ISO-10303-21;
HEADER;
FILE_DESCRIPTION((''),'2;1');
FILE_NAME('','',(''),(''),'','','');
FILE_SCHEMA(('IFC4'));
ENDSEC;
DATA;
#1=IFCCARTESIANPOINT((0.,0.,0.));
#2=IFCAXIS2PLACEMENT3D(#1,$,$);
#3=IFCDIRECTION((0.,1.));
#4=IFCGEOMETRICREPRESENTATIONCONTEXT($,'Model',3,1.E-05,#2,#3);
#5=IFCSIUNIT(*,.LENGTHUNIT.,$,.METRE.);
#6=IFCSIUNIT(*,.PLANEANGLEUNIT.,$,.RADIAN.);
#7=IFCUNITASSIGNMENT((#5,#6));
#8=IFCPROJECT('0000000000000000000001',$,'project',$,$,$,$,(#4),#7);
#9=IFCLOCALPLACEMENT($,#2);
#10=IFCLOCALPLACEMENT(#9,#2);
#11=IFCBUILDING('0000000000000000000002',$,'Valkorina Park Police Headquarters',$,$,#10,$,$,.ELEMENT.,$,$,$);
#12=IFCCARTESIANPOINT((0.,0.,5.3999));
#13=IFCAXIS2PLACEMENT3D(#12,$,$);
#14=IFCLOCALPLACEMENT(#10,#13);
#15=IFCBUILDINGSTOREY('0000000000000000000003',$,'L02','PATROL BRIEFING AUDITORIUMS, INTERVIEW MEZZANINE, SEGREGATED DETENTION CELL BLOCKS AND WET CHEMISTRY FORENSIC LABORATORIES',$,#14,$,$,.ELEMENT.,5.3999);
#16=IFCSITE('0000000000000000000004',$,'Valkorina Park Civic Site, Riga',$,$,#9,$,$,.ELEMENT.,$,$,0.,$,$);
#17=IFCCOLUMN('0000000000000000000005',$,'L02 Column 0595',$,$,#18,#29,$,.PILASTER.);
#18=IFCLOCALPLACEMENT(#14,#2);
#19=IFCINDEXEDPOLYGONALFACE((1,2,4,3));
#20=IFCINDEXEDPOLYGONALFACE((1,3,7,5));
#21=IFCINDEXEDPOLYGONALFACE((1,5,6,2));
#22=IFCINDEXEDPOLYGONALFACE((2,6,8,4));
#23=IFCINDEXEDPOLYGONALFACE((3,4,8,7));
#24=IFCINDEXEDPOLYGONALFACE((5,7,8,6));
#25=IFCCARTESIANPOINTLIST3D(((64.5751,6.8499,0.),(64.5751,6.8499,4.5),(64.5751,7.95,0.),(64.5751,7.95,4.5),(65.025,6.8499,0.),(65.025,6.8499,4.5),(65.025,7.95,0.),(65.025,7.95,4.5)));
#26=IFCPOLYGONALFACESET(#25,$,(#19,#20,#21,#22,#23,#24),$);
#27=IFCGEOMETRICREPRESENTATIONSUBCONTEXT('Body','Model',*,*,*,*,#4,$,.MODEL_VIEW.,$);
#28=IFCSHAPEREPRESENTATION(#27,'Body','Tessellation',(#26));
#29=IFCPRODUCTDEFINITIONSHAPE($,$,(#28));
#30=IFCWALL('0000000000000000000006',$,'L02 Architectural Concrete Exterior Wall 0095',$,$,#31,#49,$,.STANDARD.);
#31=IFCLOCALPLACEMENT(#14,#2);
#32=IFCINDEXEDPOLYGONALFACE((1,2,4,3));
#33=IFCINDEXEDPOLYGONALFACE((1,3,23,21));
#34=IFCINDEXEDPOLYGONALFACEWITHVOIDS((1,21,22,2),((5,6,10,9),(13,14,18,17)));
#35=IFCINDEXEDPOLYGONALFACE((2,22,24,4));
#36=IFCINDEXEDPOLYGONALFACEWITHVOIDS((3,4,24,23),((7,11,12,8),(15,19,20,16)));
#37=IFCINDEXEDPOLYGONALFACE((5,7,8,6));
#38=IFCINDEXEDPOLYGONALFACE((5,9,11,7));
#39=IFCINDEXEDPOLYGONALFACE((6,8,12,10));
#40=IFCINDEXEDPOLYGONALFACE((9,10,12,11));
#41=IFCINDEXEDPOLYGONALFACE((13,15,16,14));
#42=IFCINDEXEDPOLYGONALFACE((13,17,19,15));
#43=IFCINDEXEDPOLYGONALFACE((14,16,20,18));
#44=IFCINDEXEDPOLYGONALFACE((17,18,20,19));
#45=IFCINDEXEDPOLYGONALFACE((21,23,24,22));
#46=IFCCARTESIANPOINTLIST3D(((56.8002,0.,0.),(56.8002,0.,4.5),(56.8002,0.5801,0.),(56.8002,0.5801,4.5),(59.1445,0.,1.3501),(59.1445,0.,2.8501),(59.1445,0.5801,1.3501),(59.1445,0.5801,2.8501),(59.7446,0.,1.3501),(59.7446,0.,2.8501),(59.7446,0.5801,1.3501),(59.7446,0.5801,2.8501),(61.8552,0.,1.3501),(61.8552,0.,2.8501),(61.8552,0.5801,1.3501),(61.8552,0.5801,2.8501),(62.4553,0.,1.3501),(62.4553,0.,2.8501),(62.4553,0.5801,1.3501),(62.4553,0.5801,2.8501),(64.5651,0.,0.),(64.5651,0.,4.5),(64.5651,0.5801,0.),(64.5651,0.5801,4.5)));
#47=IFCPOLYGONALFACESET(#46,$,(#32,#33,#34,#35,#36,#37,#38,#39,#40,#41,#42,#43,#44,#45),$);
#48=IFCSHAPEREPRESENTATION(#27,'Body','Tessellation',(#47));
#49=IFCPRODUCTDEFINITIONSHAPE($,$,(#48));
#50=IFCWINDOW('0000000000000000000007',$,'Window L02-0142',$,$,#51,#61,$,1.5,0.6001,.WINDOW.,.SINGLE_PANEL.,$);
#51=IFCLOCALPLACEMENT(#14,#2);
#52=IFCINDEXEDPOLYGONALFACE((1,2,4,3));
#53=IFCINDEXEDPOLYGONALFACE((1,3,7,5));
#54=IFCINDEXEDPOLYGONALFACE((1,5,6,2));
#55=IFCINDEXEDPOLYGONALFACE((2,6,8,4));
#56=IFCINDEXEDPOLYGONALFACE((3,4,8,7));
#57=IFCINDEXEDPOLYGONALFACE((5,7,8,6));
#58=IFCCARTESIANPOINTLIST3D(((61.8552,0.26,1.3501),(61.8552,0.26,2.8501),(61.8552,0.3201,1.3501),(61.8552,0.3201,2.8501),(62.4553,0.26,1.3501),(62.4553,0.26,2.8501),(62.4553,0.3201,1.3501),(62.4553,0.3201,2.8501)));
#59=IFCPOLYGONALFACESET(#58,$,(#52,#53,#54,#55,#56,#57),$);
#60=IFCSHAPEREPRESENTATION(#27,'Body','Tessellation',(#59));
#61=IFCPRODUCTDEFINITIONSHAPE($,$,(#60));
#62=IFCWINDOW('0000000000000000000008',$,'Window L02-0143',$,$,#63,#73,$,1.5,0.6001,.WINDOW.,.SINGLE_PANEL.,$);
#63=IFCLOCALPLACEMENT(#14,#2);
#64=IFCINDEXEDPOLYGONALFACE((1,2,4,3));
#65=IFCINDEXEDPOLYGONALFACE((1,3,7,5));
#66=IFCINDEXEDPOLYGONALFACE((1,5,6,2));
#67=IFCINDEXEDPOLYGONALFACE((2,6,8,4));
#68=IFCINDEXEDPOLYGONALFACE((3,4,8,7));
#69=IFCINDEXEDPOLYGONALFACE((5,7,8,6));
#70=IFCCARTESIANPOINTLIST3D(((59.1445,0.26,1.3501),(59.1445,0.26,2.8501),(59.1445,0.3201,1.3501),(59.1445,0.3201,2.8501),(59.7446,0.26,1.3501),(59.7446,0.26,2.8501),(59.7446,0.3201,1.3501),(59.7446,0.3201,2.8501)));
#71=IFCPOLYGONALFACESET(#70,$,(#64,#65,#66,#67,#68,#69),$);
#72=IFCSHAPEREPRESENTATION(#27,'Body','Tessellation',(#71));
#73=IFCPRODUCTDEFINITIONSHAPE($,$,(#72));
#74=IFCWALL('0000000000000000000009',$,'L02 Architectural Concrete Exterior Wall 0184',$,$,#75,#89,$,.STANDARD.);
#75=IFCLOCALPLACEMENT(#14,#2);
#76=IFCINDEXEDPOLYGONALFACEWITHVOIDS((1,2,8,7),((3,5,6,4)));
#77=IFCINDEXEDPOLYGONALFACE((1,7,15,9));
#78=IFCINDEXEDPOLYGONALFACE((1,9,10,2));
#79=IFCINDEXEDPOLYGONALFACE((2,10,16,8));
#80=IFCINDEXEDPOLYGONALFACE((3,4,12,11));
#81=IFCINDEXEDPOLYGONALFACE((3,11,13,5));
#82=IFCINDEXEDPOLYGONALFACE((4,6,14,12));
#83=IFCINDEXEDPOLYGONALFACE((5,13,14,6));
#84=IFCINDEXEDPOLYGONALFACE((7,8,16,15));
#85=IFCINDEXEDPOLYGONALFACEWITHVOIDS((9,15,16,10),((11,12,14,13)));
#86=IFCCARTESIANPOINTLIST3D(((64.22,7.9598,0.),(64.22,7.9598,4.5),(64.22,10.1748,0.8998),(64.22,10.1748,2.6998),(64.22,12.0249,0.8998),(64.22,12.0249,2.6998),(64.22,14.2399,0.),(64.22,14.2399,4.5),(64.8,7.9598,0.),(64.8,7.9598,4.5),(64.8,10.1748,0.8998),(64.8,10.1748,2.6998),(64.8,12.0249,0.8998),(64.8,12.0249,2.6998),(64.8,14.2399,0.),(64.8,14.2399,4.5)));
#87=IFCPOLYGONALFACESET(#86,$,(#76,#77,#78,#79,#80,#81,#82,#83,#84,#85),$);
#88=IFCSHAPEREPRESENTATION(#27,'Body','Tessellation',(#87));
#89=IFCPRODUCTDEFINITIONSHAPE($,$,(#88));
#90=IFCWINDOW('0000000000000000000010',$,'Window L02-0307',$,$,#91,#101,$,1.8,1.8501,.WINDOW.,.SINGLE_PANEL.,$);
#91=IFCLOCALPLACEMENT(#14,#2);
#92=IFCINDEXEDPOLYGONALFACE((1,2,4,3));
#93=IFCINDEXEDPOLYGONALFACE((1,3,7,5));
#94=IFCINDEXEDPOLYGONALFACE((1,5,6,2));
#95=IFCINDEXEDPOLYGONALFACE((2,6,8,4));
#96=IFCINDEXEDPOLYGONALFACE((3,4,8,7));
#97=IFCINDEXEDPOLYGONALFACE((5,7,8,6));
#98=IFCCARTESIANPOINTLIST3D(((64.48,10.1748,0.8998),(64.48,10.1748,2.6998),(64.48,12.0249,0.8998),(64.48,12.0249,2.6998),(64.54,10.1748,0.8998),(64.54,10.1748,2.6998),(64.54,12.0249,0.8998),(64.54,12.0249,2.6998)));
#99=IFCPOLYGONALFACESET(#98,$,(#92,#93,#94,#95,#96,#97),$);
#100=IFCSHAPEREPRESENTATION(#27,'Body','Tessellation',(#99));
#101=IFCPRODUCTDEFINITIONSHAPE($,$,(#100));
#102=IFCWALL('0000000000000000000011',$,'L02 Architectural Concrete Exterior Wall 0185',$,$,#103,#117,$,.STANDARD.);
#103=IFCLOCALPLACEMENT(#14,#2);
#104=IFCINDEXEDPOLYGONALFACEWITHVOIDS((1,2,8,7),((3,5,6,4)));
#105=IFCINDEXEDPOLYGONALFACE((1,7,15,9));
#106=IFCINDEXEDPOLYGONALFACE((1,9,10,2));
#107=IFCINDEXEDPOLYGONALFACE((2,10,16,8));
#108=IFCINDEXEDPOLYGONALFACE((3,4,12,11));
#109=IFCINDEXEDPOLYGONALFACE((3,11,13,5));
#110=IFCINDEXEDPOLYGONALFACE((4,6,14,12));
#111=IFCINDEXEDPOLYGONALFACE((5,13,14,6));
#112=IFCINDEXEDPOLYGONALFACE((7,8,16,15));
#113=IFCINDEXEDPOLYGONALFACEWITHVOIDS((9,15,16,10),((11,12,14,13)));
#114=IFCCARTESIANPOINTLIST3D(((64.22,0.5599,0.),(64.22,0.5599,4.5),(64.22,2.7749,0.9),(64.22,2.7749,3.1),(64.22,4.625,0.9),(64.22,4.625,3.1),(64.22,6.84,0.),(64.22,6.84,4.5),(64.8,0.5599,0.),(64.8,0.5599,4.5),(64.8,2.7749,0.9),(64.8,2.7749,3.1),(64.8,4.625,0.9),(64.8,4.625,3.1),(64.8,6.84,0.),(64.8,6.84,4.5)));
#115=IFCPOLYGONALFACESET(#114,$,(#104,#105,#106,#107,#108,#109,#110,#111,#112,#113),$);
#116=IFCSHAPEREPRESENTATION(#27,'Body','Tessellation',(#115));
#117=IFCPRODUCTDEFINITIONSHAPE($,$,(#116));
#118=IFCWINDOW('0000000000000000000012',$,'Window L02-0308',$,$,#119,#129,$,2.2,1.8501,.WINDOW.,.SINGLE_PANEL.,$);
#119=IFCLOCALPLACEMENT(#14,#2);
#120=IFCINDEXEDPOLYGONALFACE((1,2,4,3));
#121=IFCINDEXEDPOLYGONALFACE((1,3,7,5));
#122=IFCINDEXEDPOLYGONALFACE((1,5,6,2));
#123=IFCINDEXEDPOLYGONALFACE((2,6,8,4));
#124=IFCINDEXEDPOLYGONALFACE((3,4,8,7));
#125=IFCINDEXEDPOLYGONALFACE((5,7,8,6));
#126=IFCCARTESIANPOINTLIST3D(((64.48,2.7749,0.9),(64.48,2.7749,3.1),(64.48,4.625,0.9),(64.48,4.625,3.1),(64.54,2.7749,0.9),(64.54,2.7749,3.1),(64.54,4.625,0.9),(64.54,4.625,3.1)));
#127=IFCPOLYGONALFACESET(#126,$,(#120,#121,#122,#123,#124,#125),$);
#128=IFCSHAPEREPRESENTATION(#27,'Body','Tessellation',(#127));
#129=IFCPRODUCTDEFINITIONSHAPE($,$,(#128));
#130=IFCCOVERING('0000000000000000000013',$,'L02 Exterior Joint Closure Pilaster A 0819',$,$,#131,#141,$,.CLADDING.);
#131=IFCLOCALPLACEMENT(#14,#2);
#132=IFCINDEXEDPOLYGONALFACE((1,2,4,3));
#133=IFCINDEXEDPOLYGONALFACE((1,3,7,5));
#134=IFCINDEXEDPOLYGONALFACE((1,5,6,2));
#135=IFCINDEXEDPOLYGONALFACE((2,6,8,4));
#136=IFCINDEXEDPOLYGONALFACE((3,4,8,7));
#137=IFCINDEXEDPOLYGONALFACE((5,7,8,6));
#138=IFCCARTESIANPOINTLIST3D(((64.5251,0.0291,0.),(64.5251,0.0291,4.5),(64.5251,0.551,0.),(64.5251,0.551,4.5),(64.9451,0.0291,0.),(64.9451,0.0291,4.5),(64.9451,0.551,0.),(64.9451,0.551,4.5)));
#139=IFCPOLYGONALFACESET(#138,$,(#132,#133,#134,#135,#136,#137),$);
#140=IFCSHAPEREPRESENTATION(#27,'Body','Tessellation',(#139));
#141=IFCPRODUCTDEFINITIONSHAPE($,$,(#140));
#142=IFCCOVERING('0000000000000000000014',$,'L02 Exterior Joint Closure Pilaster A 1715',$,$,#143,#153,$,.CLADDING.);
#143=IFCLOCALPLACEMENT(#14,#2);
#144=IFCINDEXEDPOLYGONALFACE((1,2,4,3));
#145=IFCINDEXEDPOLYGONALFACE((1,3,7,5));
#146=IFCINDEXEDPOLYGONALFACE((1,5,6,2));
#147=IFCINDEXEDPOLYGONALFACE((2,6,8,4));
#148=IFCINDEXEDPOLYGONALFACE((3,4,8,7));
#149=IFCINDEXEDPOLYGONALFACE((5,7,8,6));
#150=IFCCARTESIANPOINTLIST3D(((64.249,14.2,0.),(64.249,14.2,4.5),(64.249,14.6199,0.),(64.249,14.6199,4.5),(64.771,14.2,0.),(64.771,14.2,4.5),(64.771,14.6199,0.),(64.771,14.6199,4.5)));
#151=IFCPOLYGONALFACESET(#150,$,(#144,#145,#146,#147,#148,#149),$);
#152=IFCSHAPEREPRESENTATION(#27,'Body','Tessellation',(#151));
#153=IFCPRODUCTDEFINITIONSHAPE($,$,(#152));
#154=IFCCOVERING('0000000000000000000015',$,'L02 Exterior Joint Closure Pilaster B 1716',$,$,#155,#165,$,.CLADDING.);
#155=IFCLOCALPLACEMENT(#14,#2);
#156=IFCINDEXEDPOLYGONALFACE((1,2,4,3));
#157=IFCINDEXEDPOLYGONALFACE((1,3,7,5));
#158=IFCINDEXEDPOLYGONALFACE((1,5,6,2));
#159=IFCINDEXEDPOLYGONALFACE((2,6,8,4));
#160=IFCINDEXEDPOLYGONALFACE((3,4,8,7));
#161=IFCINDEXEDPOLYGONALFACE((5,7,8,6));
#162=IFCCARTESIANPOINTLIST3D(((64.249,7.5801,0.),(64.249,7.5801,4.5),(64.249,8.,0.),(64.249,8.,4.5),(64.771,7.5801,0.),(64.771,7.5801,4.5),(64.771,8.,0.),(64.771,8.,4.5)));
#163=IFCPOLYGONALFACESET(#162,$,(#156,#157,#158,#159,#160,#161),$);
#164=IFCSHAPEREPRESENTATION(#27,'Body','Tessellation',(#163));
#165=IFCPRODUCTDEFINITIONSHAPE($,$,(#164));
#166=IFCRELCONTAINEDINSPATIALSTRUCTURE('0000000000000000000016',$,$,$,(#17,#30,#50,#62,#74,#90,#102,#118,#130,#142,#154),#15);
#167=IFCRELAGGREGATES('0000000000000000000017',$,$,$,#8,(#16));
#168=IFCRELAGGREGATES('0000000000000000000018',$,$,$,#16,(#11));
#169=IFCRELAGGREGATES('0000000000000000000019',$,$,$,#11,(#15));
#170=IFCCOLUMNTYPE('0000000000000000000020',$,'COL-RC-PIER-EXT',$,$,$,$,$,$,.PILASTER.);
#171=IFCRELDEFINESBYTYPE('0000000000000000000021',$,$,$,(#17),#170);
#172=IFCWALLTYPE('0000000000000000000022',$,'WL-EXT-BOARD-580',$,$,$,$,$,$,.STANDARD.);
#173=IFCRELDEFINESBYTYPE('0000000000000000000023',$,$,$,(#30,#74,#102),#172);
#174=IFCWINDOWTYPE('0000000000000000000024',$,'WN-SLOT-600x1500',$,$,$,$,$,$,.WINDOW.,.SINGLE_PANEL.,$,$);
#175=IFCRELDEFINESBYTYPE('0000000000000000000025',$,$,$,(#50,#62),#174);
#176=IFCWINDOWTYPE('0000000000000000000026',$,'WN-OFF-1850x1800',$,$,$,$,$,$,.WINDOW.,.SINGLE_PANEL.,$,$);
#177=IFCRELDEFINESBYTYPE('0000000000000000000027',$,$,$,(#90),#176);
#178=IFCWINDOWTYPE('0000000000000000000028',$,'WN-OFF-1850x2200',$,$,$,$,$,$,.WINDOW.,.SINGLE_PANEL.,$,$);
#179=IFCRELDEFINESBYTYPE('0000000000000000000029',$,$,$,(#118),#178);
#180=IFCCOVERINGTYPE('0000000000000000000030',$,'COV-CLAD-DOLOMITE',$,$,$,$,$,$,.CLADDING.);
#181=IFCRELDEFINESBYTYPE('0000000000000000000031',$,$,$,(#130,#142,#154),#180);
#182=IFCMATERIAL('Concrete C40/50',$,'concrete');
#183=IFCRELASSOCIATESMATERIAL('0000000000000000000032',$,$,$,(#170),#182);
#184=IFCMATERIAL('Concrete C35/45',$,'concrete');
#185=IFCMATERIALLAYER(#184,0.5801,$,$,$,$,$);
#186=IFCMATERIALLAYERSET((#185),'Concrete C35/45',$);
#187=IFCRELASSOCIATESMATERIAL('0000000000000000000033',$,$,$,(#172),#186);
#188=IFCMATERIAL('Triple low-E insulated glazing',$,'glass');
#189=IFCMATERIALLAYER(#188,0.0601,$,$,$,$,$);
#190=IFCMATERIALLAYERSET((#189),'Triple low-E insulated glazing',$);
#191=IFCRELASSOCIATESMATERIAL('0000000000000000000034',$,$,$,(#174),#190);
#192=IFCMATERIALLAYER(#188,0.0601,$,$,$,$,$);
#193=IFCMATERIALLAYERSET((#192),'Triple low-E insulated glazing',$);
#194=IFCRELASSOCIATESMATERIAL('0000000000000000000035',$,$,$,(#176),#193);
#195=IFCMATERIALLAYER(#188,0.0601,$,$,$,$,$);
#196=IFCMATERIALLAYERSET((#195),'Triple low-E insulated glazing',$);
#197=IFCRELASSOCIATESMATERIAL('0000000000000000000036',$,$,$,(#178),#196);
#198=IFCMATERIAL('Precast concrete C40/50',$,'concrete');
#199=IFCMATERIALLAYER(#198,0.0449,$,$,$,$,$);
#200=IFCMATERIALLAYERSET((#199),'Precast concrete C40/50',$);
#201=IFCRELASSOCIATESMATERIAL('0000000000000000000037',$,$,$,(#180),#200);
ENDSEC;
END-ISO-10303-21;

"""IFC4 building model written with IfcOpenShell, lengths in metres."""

from ifc_helpers import new_model, si_unit, direction, frame, frame_2d, origin, origin_2d, place, context, subcontext, project, spatial, rectangle, extrude, material, layer, layer_set, material_profile, profile_set, type_object, element, fill, save


model = new_model("IFC4")

# Units and contexts
model_context = context("Model", 3, precision=1e-05, world=origin(), true_north=direction((0.0, 1.0)))
body_context = subcontext(model_context, "Body", "Model", "MODEL_VIEW")
ifc_project = project(units=[si_unit("LENGTHUNIT", "METRE"), si_unit("PLANEANGLEUNIT", "RADIAN")], contexts=[model_context])

# Site, building, storey
site_placement = place(None, origin())
site = spatial("IfcSite", under=ifc_project, at=site_placement, Name="Valkorina Park Civic Site, Riga", CompositionType="ELEMENT", RefElevation=0.0)
building_placement = place(site_placement, origin())
building = spatial("IfcBuilding", under=site, at=building_placement, Name="Valkorina Park Police Headquarters", CompositionType="ELEMENT")
storey_placement = place(building_placement, frame((0.0, 0.0, 5.3999)))
storey = spatial("IfcBuildingStorey", under=building, at=storey_placement, Name="L02", Description="PATROL BRIEFING AUDITORIUMS, INTERVIEW MEZZANINE, SEGREGATED DETENTION CELL BLOCKS AND WET CHEMISTRY FORENSIC LABORATORIES", CompositionType="ELEMENT", Elevation=5.3999)

# Column
ifc_material_1 = material(Name="Concrete C40/50", Category="concrete")
ifc_material_profile = material_profile(ifc_material_1, rectangle(XDim=0.45, YDim=1.1001, at=origin_2d()), Name="RC PIER 450x1100")
ifc_profile_set = profile_set([ifc_material_profile], Name="Concrete C40/50")
column_type = type_object("IfcColumnType", Name="COL-RC-PIER-EXT", PredefinedType="PILASTER", material=ifc_profile_set)
column_placement = place(storey_placement, frame((64.8, 7.3999, 0.0), z_axis=(0.0, 0.0, 1.0), x_axis=(1.0, 0.0, 0.0)))
element("IfcColumn", 1, at=column_placement, inside=storey, type_object=column_type, Name="L02 Column 0595", PredefinedType="PILASTER", context=body_context, shape_type="SweptSolid", body=[
    extrude(rectangle(XDim=0.45, YDim=1.1001, at=origin_2d()), origin(), (0.0, 0.0, 1.0), 4.5),
])

# Wall, openings, windows
ifc_material_2 = material(Name="Concrete C35/45", Category="concrete")
ifc_layer_1 = layer(ifc_material_2, 0.5801)
ifc_layer_set_1 = layer_set([ifc_layer_1], Name="Concrete C35/45")
wall_type = type_object("IfcWallType", Name="WL-EXT-BOARD-580", PredefinedType="STANDARD", material=ifc_layer_set_1)
wall_1_placement = place(storey_placement, frame((64.5649, 0.29, 0.0), z_axis=(0.0, 0.0, 1.0), x_axis=(-1.0, 0.0, 0.0)))
wall_1 = element("IfcWall", 2, at=wall_1_placement, inside=storey, type_object=wall_type, Name="L02 Architectural Concrete Exterior Wall 0095", PredefinedType="STANDARD", context=body_context, shape_type="SweptSolid", body=[
    extrude(rectangle(XDim=7.7649, YDim=0.5801, at=frame_2d((3.8823, 0.0))), origin(), (0.0, 0.0, 1.0), 4.5),
])
opening_1_placement = place(wall_1_placement, frame((2.1096, 0.0, 1.3501)))
opening_1 = element("IfcOpeningElement", 3, at=opening_1_placement, cuts=wall_1, PredefinedType="OPENING", context=body_context, shape_type="SweptSolid", body=[
    extrude(rectangle(XDim=0.6001, YDim=1.5, at=frame_2d((0.3, 0.75))), frame((0.0, 0.3, 0.0), z_axis=(0.0, -1.0, 0.0), x_axis=(1.0, 0.0, 0.0)), (0.0, 0.0, 1.0), 0.6001),
])
opening_2_placement = place(wall_1_placement, frame((4.8203, 0.0, 1.3501)))
opening_2 = element("IfcOpeningElement", 4, at=opening_2_placement, cuts=wall_1, PredefinedType="OPENING", context=body_context, shape_type="SweptSolid", body=[
    extrude(rectangle(XDim=0.6001, YDim=1.5, at=frame_2d((0.3, 0.75))), frame((0.0, 0.3, 0.0), z_axis=(0.0, -1.0, 0.0), x_axis=(1.0, 0.0, 0.0)), (0.0, 0.0, 1.0), 0.6001),
])
ifc_material_3 = material(Name="Triple low-E insulated glazing", Category="glass")
ifc_layer_2 = layer(ifc_material_3, 0.0601)
ifc_layer_set_2 = layer_set([ifc_layer_2], Name="Triple low-E insulated glazing")
window_type_1 = type_object("IfcWindowType", Name="WN-SLOT-600x1500", PartitioningType="SINGLE_PANEL", PredefinedType="WINDOW", material=ifc_layer_set_2)
window_1_placement = place(opening_1_placement, origin())
window_1 = element("IfcWindow", 5, at=window_1_placement, inside=storey, type_object=window_type_1, Name="Window L02-0142", OverallHeight=1.5, OverallWidth=0.6001, PartitioningType="SINGLE_PANEL", PredefinedType="WINDOW", context=body_context, shape_type="SweptSolid", body=[
    extrude(rectangle(XDim=0.6001, YDim=1.5, at=frame_2d((0.3, 0.75))), frame((0.0, 0.03, 0.0), z_axis=(0.0, -1.0, 0.0), x_axis=(1.0, 0.0, 0.0)), (0.0, 0.0, 1.0), 0.0601),
])
fill(opening_1, window_1)
window_2_placement = place(opening_2_placement, origin())
window_2 = element("IfcWindow", 6, at=window_2_placement, inside=storey, type_object=window_type_1, Name="Window L02-0143", OverallHeight=1.5, OverallWidth=0.6001, PartitioningType="SINGLE_PANEL", PredefinedType="WINDOW", context=body_context, shape_type="SweptSolid", body=[
    extrude(rectangle(XDim=0.6001, YDim=1.5, at=frame_2d((0.3, 0.75))), frame((0.0, 0.03, 0.0), z_axis=(0.0, -1.0, 0.0), x_axis=(1.0, 0.0, 0.0)), (0.0, 0.0, 1.0), 0.0601),
])
fill(opening_2, window_2)

# Walls, openings, windows
wall_2_placement = place(storey_placement, frame((64.51, 14.24, 0.0), z_axis=(0.0, 0.0, 1.0), x_axis=(0.0, -1.0, 0.0)))
wall_2 = element("IfcWall", 7, at=wall_2_placement, inside=storey, type_object=wall_type, Name="L02 Architectural Concrete Exterior Wall 0184", PredefinedType="STANDARD", context=body_context, shape_type="SweptSolid", body=[
    extrude(rectangle(XDim=6.28, YDim=0.5801, at=frame_2d((3.1401, 0.0))), origin(), (0.0, 0.0, 1.0), 4.5),
])
opening_3_placement = place(wall_2_placement, frame((2.2151, 0.0, 0.8999)))
opening_3 = element("IfcOpeningElement", 8, at=opening_3_placement, cuts=wall_2, PredefinedType="OPENING", context=body_context, shape_type="SweptSolid", body=[
    extrude(rectangle(XDim=1.8501, YDim=1.8, at=frame_2d((0.925, 0.8999))), frame((0.0, 0.3, 0.0), z_axis=(0.0, -1.0, 0.0), x_axis=(1.0, 0.0, 0.0)), (0.0, 0.0, 1.0), 0.6001),
])
ifc_layer_3 = layer(ifc_material_3, 0.0601)
ifc_layer_set_3 = layer_set([ifc_layer_3], Name="Triple low-E insulated glazing")
window_type_2 = type_object("IfcWindowType", Name="WN-OFF-1850x1800", PartitioningType="SINGLE_PANEL", PredefinedType="WINDOW", material=ifc_layer_set_3)
window_3_placement = place(opening_3_placement, origin())
window_3 = element("IfcWindow", 9, at=window_3_placement, inside=storey, type_object=window_type_2, Name="Window L02-0307", OverallHeight=1.8, OverallWidth=1.8501, PartitioningType="SINGLE_PANEL", PredefinedType="WINDOW", context=body_context, shape_type="SweptSolid", body=[
    extrude(rectangle(XDim=1.8501, YDim=1.8, at=frame_2d((0.925, 0.8999))), frame((0.0, 0.03, 0.0), z_axis=(0.0, -1.0, 0.0), x_axis=(1.0, 0.0, 0.0)), (0.0, 0.0, 1.0), 0.0601),
])
fill(opening_3, window_3)
wall_3_placement = place(storey_placement, frame((64.51, 6.8401, 0.0), z_axis=(0.0, 0.0, 1.0), x_axis=(0.0, -1.0, 0.0)))
wall_3 = element("IfcWall", 10, at=wall_3_placement, inside=storey, type_object=wall_type, Name="L02 Architectural Concrete Exterior Wall 0185", PredefinedType="STANDARD", context=body_context, shape_type="SweptSolid", body=[
    extrude(rectangle(XDim=6.28, YDim=0.5801, at=frame_2d((3.1401, 0.0))), origin(), (0.0, 0.0, 1.0), 4.5),
])
opening_4_placement = place(wall_3_placement, frame((2.2151, 0.0, 0.8999)))
opening_4 = element("IfcOpeningElement", 11, at=opening_4_placement, cuts=wall_3, PredefinedType="OPENING", context=body_context, shape_type="SweptSolid", body=[
    extrude(rectangle(XDim=1.8501, YDim=2.2, at=frame_2d((0.925, 1.1001))), frame((0.0, 0.3, 0.0), z_axis=(0.0, -1.0, 0.0), x_axis=(1.0, 0.0, 0.0)), (0.0, 0.0, 1.0), 0.6001),
])
ifc_layer_4 = layer(ifc_material_3, 0.0601)
ifc_layer_set_4 = layer_set([ifc_layer_4], Name="Triple low-E insulated glazing")
window_type_3 = type_object("IfcWindowType", Name="WN-OFF-1850x2200", PartitioningType="SINGLE_PANEL", PredefinedType="WINDOW", material=ifc_layer_set_4)
window_4_placement = place(opening_4_placement, origin())
window_4 = element("IfcWindow", 12, at=window_4_placement, inside=storey, type_object=window_type_3, Name="Window L02-0308", OverallHeight=2.2, OverallWidth=1.8501, PartitioningType="SINGLE_PANEL", PredefinedType="WINDOW", context=body_context, shape_type="SweptSolid", body=[
    extrude(rectangle(XDim=1.8501, YDim=2.2, at=frame_2d((0.925, 1.1001))), frame((0.0, 0.03, 0.0), z_axis=(0.0, -1.0, 0.0), x_axis=(1.0, 0.0, 0.0)), (0.0, 0.0, 1.0), 0.0601),
])
fill(opening_4, window_4)

# Coverings
ifc_material_4 = material(Name="Precast concrete C40/50", Category="concrete")
ifc_layer_5 = layer(ifc_material_4, 0.0449)
ifc_layer_set_5 = layer_set([ifc_layer_5], Name="Precast concrete C40/50")
covering_type = type_object("IfcCoveringType", Name="COV-CLAD-DOLOMITE", PredefinedType="CLADDING", material=ifc_layer_set_5)
for number, where, z_axis, x_axis, name in (
    (13, (64.7351, 0.29, 0.0), (0.0, 0.0, 1.0), (1.0, 0.0, 0.0), "L02 Exterior Joint Closure Pilaster A 0819"),
    (14, (64.51, 14.4099, 0.0), (0.0, 0.0, 1.0), (0.0, 1.0, 0.0), "L02 Exterior Joint Closure Pilaster A 1715"),
    (15, (64.51, 7.79, 0.0), (0.0, 0.0, 1.0), (0.0, 1.0, 0.0), "L02 Exterior Joint Closure Pilaster B 1716"),
):
    element("IfcCovering", number, at=place(storey_placement, frame(where, z_axis=z_axis, x_axis=x_axis)), inside=storey, type_object=covering_type, Name=name, PredefinedType="CLADDING", context=body_context, shape_type="SweptSolid", body=[
        extrude(rectangle(XDim=0.4199, YDim=0.522, at=origin_2d()), origin(), (0.0, 0.0, 1.0), 4.5),
    ])

save(model, "model.ifc")
